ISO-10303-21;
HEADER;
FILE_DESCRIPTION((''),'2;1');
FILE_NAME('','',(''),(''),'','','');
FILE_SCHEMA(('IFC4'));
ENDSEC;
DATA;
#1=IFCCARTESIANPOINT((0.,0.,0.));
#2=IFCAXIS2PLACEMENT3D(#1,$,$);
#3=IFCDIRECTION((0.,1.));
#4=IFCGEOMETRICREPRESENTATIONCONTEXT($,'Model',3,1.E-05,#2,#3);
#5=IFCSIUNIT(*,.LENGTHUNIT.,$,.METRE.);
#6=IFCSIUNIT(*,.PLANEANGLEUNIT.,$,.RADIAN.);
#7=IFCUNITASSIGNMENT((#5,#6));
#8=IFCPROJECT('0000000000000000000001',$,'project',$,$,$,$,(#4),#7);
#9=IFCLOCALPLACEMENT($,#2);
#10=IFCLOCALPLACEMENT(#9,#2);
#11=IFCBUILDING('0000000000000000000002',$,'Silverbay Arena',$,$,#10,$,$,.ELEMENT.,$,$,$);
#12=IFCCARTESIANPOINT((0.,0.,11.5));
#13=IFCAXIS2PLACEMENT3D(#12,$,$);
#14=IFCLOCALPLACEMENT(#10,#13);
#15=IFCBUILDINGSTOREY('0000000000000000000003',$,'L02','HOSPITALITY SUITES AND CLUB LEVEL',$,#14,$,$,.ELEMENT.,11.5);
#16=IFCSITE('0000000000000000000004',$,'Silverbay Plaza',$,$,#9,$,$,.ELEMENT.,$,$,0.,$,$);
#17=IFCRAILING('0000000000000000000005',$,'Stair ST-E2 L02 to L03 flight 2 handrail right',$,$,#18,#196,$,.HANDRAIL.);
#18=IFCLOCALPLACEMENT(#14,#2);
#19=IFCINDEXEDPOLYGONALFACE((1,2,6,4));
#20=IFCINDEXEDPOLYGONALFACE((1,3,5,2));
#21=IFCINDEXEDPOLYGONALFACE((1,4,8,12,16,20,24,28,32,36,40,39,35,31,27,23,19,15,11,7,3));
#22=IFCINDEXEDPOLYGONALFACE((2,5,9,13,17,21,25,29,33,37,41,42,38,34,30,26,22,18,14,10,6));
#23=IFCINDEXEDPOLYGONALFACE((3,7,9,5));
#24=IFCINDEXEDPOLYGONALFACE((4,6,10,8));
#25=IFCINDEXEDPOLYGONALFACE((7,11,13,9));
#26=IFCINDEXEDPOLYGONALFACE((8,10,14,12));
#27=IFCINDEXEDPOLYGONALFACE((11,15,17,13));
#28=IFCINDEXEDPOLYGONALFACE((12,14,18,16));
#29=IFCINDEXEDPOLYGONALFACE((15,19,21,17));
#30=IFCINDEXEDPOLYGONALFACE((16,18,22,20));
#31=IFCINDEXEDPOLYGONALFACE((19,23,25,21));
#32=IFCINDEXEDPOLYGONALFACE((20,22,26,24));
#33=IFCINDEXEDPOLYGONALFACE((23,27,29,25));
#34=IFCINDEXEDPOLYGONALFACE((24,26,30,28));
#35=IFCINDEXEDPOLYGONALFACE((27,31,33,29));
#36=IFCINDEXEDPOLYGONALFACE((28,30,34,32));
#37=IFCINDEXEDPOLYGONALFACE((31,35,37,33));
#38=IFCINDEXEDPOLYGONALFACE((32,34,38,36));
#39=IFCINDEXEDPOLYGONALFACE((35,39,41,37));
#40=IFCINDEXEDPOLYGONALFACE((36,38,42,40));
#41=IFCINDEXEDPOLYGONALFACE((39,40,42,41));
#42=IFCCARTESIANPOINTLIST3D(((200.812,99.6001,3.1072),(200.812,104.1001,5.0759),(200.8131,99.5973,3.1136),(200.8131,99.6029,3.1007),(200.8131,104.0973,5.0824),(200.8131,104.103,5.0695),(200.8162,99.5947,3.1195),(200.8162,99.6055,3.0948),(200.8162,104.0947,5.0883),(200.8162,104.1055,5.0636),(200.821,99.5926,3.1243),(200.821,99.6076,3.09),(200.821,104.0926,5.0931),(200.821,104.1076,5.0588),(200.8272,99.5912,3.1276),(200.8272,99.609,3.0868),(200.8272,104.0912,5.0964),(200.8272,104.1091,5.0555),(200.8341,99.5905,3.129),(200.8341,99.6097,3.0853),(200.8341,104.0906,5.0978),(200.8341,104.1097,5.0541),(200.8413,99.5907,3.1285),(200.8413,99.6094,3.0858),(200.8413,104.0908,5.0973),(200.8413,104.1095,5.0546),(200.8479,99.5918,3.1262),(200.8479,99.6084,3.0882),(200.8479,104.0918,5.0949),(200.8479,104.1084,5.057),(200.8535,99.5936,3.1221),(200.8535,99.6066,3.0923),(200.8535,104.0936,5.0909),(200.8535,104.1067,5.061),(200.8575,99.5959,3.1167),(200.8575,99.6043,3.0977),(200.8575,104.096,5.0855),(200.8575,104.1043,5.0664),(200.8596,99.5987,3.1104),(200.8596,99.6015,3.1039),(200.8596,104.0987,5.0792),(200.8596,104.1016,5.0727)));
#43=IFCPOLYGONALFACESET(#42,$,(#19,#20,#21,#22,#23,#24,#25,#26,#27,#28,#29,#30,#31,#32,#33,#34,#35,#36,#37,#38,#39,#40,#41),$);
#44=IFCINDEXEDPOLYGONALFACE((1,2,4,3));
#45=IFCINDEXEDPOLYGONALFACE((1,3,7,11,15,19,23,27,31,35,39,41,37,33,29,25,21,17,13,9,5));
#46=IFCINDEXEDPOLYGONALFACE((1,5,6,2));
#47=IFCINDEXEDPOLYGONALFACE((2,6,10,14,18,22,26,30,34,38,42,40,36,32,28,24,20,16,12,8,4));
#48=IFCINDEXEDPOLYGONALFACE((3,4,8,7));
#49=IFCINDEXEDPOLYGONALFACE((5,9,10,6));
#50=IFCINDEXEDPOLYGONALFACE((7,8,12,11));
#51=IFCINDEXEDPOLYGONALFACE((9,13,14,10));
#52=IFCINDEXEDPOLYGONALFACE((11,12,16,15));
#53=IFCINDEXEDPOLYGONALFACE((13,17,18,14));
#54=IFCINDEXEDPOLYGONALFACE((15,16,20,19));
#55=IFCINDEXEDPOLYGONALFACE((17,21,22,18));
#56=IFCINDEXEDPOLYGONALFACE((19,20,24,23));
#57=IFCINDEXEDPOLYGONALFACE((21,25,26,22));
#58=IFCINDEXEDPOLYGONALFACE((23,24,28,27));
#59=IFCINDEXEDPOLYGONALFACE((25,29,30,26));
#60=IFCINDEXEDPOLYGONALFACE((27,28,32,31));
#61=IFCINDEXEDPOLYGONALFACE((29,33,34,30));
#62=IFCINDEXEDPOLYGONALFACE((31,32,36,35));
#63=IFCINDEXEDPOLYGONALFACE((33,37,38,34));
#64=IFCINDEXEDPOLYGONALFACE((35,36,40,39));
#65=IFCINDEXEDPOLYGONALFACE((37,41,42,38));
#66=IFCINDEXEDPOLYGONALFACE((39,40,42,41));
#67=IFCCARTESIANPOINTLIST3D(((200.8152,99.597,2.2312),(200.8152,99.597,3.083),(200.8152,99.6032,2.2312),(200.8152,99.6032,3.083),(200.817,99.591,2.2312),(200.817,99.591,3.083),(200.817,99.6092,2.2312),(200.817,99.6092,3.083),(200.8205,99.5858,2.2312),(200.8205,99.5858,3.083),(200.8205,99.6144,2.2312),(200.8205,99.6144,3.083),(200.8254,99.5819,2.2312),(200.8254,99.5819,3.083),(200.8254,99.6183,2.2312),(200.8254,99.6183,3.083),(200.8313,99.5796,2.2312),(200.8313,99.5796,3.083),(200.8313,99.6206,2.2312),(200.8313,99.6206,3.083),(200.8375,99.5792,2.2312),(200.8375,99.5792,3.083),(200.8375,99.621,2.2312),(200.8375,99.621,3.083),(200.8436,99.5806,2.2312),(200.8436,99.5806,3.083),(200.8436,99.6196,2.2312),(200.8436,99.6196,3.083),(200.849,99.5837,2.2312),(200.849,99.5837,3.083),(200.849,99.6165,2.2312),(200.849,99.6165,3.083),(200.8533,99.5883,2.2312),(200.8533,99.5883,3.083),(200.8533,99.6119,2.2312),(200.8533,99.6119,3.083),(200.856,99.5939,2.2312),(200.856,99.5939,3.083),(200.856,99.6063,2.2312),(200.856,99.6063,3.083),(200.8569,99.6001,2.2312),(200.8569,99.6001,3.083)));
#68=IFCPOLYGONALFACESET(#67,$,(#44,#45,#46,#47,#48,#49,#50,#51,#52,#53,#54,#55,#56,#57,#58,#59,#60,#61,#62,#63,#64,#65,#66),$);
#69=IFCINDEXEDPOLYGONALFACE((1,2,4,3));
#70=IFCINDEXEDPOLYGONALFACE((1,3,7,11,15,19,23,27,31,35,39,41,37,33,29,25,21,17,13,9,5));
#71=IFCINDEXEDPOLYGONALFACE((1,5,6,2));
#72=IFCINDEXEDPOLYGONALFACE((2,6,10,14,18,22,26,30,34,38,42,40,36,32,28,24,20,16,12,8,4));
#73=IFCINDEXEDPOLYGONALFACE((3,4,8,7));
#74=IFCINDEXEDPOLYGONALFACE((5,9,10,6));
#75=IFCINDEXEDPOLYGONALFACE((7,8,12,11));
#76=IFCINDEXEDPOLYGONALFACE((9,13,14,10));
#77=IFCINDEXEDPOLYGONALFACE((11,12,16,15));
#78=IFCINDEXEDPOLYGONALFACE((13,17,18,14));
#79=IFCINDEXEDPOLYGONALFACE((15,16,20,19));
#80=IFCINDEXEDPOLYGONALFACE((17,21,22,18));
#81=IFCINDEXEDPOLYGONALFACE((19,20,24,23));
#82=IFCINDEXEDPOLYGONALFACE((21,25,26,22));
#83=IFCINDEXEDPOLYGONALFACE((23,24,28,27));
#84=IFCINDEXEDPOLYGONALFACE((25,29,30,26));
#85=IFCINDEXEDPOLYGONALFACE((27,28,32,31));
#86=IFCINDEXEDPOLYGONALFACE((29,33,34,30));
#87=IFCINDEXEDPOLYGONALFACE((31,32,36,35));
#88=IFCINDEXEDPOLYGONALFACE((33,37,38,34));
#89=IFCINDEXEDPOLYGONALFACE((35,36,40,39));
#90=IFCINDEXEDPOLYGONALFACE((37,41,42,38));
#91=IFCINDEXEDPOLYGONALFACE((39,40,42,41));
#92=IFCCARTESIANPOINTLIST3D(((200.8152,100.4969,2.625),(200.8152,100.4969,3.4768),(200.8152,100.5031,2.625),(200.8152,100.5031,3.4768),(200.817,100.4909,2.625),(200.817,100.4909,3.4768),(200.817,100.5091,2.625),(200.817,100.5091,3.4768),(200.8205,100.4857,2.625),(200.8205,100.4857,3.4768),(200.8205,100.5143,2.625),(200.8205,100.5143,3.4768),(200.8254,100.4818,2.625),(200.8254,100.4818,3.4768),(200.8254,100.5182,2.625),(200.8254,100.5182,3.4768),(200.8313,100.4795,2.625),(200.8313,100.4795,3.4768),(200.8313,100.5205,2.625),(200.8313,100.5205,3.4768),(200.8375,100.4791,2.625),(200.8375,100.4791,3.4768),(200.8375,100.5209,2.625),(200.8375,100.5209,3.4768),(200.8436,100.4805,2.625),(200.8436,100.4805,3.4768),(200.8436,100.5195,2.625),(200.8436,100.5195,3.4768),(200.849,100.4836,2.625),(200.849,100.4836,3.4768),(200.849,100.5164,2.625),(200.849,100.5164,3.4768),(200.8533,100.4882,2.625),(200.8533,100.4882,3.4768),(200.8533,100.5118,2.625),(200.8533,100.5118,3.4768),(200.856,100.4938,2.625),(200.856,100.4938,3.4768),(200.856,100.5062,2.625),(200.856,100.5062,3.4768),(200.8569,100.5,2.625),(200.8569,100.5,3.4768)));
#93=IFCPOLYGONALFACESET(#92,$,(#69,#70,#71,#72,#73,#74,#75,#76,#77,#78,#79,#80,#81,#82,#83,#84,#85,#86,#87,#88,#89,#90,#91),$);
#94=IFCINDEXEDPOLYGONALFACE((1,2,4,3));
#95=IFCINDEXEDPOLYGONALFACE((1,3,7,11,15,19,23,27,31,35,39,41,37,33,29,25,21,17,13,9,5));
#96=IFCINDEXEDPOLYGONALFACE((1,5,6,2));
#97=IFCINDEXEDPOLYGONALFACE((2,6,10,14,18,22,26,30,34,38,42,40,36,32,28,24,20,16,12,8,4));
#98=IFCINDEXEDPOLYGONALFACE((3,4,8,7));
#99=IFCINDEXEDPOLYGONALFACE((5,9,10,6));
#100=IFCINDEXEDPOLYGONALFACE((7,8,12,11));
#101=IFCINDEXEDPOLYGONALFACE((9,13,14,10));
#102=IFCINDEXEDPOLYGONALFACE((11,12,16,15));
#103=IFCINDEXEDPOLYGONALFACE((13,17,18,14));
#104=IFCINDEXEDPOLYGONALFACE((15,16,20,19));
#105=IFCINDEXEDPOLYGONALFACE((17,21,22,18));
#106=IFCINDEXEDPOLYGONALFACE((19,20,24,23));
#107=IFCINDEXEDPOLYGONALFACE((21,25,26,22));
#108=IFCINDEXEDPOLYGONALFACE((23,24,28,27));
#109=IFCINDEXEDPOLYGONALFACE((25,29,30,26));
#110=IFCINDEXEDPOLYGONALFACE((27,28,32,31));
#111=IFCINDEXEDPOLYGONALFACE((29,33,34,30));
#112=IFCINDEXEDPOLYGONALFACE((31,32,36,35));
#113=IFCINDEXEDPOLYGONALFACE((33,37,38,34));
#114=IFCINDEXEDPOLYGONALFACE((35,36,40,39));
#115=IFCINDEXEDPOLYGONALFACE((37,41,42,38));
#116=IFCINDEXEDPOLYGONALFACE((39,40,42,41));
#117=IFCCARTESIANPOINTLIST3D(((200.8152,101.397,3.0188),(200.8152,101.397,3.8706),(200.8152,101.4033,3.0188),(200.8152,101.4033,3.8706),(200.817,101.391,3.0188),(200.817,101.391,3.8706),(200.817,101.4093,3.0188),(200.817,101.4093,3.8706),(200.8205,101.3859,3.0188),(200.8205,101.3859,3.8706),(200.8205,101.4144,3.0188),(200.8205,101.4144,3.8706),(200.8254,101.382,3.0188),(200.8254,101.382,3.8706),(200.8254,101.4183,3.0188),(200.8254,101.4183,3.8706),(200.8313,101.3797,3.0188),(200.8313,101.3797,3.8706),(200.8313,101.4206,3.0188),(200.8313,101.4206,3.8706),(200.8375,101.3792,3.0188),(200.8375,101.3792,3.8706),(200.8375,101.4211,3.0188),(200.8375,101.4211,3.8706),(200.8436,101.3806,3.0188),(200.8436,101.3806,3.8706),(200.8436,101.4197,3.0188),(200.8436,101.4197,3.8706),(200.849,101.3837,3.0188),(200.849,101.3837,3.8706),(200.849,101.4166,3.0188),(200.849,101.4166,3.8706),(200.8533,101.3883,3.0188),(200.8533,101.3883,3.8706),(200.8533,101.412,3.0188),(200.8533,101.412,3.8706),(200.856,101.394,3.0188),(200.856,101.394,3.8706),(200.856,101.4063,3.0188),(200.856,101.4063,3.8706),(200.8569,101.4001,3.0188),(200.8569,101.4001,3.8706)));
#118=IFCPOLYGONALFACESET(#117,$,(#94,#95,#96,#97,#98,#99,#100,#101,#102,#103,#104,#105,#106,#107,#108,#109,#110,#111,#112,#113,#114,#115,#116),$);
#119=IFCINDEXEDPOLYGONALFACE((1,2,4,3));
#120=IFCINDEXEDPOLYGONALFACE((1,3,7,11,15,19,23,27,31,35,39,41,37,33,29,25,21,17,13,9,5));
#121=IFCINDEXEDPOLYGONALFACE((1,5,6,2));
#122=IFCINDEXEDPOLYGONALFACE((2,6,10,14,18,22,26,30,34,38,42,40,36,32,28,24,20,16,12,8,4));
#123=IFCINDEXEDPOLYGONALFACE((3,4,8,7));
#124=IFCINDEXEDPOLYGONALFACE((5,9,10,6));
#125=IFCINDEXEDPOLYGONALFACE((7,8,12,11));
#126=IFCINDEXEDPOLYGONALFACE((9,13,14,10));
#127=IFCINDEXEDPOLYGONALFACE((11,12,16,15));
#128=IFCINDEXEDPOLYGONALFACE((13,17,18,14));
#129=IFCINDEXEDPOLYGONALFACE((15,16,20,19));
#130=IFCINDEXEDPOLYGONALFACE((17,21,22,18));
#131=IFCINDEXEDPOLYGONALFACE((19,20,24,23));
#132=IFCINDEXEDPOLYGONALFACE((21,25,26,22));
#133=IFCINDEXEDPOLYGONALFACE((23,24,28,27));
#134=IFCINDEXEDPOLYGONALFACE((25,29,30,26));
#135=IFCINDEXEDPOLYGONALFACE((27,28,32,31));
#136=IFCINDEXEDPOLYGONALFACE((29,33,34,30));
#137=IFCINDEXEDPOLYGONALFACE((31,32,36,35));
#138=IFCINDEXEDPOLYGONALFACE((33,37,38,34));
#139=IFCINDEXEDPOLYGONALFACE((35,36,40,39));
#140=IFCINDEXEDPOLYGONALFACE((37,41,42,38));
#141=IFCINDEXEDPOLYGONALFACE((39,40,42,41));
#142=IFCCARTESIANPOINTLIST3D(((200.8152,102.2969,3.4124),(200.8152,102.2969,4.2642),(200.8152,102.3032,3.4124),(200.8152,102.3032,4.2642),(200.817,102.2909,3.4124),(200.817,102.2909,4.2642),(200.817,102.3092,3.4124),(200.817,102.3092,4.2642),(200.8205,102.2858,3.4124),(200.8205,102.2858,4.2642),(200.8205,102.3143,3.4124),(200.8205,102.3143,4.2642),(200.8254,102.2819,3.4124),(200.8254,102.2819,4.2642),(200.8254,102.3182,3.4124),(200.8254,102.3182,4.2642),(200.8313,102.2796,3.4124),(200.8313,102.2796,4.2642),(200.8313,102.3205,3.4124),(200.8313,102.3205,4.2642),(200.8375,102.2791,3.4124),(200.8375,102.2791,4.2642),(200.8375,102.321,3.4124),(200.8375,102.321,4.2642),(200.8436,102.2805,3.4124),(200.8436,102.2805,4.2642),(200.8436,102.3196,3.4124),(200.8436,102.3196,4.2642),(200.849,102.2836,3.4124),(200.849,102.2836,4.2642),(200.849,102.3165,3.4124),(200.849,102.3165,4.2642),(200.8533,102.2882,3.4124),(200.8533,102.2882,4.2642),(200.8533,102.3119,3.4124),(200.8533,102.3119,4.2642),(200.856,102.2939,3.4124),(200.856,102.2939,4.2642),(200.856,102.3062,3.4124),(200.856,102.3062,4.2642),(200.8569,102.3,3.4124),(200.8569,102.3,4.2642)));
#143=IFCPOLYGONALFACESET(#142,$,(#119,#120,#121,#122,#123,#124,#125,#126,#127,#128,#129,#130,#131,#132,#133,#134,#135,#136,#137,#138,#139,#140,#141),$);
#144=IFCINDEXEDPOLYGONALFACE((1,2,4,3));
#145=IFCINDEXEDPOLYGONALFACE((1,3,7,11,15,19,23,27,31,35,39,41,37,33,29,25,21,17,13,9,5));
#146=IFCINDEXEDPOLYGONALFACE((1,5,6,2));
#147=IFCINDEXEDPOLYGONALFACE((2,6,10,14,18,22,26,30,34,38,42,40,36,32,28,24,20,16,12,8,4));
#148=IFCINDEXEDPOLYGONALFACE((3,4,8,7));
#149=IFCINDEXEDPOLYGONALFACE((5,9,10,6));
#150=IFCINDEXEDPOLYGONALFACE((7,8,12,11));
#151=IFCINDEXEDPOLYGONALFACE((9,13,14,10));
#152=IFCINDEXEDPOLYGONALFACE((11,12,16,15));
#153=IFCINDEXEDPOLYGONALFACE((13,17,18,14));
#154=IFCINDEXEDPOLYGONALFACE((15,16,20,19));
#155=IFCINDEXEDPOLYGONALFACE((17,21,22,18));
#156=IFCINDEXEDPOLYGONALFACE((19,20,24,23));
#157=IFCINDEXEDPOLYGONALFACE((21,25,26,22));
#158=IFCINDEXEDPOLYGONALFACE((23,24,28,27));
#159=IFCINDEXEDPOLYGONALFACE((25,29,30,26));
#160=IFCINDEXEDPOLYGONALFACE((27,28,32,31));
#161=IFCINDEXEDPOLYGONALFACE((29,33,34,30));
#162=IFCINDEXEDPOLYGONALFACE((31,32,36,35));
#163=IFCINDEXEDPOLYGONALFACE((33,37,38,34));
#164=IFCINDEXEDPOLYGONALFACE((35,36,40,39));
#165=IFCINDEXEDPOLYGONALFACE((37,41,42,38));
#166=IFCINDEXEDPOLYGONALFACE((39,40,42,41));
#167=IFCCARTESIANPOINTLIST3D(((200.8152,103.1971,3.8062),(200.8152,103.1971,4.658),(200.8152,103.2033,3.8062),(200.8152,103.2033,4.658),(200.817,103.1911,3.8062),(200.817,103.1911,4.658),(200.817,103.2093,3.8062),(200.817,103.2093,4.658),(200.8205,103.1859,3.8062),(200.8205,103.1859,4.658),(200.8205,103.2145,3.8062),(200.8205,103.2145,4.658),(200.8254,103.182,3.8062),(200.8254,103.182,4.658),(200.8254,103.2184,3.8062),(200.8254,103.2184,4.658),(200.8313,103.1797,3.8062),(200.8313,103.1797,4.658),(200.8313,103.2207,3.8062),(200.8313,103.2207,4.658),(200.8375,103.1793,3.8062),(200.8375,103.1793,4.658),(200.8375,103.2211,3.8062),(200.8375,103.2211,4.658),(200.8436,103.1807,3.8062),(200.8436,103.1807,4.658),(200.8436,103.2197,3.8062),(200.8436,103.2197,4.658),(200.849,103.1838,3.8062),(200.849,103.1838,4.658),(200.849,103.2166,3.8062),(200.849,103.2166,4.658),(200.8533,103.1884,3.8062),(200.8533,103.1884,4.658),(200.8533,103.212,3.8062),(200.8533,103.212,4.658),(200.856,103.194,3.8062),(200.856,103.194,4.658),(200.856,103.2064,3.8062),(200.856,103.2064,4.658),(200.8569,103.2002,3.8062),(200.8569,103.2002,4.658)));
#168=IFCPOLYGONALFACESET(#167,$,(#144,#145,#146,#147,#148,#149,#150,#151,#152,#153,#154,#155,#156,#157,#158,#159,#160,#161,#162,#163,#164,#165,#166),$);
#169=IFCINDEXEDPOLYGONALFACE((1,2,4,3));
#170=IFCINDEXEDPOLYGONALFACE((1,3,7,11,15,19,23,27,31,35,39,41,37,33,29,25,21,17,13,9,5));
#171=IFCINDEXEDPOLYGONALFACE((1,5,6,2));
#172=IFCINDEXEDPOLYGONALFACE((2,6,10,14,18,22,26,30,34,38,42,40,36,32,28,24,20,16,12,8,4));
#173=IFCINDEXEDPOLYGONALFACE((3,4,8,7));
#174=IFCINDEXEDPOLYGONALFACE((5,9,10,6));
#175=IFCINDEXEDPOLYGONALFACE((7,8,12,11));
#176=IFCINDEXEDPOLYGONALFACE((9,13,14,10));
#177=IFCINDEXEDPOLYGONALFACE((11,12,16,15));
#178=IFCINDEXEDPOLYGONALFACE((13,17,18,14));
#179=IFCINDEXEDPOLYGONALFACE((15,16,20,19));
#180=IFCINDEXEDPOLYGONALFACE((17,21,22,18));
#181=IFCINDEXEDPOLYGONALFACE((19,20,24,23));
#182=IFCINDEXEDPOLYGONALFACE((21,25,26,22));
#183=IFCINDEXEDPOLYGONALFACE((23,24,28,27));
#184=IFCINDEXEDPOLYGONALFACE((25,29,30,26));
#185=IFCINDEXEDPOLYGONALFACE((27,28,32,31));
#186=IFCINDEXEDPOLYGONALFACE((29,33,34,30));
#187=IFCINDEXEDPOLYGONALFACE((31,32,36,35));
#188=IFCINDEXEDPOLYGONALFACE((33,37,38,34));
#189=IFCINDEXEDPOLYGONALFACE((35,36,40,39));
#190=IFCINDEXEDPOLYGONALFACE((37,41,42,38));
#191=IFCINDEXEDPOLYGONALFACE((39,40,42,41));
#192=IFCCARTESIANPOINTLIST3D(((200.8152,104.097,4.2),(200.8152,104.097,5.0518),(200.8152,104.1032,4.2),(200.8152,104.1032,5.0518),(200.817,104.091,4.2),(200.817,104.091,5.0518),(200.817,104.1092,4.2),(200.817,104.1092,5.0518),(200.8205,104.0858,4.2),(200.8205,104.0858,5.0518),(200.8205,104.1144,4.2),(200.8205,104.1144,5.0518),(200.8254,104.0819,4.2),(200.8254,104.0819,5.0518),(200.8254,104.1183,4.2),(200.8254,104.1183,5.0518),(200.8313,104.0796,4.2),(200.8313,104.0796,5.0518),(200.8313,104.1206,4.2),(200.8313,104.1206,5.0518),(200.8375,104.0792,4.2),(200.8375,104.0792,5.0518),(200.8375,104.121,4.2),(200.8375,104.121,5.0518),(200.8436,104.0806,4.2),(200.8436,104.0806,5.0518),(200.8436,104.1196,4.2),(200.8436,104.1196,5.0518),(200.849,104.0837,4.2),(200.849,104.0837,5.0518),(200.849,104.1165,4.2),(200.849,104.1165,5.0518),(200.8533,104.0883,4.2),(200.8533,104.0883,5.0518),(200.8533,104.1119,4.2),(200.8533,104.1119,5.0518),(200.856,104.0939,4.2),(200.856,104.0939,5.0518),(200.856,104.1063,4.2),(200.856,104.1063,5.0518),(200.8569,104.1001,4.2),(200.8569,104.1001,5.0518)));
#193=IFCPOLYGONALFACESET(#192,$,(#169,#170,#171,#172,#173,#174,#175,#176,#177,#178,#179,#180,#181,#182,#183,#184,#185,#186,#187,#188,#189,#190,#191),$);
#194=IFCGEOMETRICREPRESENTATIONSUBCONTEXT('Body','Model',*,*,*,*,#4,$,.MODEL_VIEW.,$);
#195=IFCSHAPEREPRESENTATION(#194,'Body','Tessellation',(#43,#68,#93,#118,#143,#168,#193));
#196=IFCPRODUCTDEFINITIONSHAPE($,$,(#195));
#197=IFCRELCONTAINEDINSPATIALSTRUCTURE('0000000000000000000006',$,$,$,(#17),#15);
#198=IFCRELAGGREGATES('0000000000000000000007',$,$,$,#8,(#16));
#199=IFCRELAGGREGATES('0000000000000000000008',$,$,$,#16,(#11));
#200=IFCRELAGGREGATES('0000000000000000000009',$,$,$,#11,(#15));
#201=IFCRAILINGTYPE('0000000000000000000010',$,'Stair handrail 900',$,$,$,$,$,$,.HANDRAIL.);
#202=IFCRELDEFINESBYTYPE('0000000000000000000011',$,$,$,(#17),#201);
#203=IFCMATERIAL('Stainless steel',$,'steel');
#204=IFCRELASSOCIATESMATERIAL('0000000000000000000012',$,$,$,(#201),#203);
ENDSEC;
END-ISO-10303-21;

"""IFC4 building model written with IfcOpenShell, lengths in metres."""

from ifc_helpers import new_model, si_unit, direction, frame, origin, origin_2d, place, context, subcontext, project, spatial, circle, extrude, material, type_object, element, save


model = new_model("IFC4")

# Units and contexts
model_context = context("Model", 3, precision=1e-05, world=origin(), true_north=direction((0.0, 1.0)))
body_context = subcontext(model_context, "Body", "Model", "MODEL_VIEW")
ifc_project = project(units=[si_unit("LENGTHUNIT", "METRE"), si_unit("PLANEANGLEUNIT", "RADIAN")], contexts=[model_context])

# Site, building, storey
site_placement = place(None, origin())
site = spatial("IfcSite", under=ifc_project, at=site_placement, Name="Silverbay Plaza", CompositionType="ELEMENT", RefElevation=0.0)
building_placement = place(site_placement, origin())
building = spatial("IfcBuilding", under=site, at=building_placement, Name="Silverbay Arena", CompositionType="ELEMENT")
storey_placement = place(building_placement, frame((0.0, 0.0, 11.5)))
storey = spatial("IfcBuildingStorey", under=building, at=storey_placement, Name="L02", Description="HOSPITALITY SUITES AND CLUB LEVEL", CompositionType="ELEMENT", Elevation=11.5)

# Railing
ifc_material_1 = material(Name="Stainless steel", Category="steel")
railing_type_1 = type_object("IfcRailingType", Name="Stair handrail 900", PredefinedType="HANDRAIL", material=ifc_material_1)
for number, where, name in (
    (1, (200.8359, 99.6001, 2.2312), "Stair ST-E2 L02 to L03 flight 2 handrail right"),
):
    element("IfcRailing", number, at=place(storey_placement, frame(where)), inside=storey, type_object=railing_type_1, Name=name, PredefinedType="HANDRAIL", context=body_context, shape_type="SweptSolid", body=[
        extrude(circle(Radius=0.0239, at=origin_2d()), frame((0.0, 0.0, 0.876), z_axis=(0.0, 0.916157, 0.400819), x_axis=(-1.0, 0.0, 0.0)), (0.0, 0.0, 1.0), 4.9119),
        extrude(circle(Radius=0.021, at=origin_2d()), origin(), (0.0, 0.0, 1.0), 0.8518),
        extrude(circle(Radius=0.021, at=origin_2d()), frame((0.0, 0.8999, 0.3938)), (0.0, 0.0, 1.0), 0.8518),
        extrude(circle(Radius=0.021, at=origin_2d()), frame((0.0, 1.8, 0.7876)), (0.0, 0.0, 1.0), 0.8518),
        extrude(circle(Radius=0.021, at=origin_2d()), frame((0.0, 2.7, 1.1812)), (0.0, 0.0, 1.0), 0.8518),
        extrude(circle(Radius=0.021, at=origin_2d()), frame((0.0, 3.6001, 1.575)), (0.0, 0.0, 1.0), 0.8518),
        extrude(circle(Radius=0.021, at=origin_2d()), frame((0.0, 4.5, 1.9688)), (0.0, 0.0, 1.0), 0.8518),
    ])

save(model, "model.ifc")
